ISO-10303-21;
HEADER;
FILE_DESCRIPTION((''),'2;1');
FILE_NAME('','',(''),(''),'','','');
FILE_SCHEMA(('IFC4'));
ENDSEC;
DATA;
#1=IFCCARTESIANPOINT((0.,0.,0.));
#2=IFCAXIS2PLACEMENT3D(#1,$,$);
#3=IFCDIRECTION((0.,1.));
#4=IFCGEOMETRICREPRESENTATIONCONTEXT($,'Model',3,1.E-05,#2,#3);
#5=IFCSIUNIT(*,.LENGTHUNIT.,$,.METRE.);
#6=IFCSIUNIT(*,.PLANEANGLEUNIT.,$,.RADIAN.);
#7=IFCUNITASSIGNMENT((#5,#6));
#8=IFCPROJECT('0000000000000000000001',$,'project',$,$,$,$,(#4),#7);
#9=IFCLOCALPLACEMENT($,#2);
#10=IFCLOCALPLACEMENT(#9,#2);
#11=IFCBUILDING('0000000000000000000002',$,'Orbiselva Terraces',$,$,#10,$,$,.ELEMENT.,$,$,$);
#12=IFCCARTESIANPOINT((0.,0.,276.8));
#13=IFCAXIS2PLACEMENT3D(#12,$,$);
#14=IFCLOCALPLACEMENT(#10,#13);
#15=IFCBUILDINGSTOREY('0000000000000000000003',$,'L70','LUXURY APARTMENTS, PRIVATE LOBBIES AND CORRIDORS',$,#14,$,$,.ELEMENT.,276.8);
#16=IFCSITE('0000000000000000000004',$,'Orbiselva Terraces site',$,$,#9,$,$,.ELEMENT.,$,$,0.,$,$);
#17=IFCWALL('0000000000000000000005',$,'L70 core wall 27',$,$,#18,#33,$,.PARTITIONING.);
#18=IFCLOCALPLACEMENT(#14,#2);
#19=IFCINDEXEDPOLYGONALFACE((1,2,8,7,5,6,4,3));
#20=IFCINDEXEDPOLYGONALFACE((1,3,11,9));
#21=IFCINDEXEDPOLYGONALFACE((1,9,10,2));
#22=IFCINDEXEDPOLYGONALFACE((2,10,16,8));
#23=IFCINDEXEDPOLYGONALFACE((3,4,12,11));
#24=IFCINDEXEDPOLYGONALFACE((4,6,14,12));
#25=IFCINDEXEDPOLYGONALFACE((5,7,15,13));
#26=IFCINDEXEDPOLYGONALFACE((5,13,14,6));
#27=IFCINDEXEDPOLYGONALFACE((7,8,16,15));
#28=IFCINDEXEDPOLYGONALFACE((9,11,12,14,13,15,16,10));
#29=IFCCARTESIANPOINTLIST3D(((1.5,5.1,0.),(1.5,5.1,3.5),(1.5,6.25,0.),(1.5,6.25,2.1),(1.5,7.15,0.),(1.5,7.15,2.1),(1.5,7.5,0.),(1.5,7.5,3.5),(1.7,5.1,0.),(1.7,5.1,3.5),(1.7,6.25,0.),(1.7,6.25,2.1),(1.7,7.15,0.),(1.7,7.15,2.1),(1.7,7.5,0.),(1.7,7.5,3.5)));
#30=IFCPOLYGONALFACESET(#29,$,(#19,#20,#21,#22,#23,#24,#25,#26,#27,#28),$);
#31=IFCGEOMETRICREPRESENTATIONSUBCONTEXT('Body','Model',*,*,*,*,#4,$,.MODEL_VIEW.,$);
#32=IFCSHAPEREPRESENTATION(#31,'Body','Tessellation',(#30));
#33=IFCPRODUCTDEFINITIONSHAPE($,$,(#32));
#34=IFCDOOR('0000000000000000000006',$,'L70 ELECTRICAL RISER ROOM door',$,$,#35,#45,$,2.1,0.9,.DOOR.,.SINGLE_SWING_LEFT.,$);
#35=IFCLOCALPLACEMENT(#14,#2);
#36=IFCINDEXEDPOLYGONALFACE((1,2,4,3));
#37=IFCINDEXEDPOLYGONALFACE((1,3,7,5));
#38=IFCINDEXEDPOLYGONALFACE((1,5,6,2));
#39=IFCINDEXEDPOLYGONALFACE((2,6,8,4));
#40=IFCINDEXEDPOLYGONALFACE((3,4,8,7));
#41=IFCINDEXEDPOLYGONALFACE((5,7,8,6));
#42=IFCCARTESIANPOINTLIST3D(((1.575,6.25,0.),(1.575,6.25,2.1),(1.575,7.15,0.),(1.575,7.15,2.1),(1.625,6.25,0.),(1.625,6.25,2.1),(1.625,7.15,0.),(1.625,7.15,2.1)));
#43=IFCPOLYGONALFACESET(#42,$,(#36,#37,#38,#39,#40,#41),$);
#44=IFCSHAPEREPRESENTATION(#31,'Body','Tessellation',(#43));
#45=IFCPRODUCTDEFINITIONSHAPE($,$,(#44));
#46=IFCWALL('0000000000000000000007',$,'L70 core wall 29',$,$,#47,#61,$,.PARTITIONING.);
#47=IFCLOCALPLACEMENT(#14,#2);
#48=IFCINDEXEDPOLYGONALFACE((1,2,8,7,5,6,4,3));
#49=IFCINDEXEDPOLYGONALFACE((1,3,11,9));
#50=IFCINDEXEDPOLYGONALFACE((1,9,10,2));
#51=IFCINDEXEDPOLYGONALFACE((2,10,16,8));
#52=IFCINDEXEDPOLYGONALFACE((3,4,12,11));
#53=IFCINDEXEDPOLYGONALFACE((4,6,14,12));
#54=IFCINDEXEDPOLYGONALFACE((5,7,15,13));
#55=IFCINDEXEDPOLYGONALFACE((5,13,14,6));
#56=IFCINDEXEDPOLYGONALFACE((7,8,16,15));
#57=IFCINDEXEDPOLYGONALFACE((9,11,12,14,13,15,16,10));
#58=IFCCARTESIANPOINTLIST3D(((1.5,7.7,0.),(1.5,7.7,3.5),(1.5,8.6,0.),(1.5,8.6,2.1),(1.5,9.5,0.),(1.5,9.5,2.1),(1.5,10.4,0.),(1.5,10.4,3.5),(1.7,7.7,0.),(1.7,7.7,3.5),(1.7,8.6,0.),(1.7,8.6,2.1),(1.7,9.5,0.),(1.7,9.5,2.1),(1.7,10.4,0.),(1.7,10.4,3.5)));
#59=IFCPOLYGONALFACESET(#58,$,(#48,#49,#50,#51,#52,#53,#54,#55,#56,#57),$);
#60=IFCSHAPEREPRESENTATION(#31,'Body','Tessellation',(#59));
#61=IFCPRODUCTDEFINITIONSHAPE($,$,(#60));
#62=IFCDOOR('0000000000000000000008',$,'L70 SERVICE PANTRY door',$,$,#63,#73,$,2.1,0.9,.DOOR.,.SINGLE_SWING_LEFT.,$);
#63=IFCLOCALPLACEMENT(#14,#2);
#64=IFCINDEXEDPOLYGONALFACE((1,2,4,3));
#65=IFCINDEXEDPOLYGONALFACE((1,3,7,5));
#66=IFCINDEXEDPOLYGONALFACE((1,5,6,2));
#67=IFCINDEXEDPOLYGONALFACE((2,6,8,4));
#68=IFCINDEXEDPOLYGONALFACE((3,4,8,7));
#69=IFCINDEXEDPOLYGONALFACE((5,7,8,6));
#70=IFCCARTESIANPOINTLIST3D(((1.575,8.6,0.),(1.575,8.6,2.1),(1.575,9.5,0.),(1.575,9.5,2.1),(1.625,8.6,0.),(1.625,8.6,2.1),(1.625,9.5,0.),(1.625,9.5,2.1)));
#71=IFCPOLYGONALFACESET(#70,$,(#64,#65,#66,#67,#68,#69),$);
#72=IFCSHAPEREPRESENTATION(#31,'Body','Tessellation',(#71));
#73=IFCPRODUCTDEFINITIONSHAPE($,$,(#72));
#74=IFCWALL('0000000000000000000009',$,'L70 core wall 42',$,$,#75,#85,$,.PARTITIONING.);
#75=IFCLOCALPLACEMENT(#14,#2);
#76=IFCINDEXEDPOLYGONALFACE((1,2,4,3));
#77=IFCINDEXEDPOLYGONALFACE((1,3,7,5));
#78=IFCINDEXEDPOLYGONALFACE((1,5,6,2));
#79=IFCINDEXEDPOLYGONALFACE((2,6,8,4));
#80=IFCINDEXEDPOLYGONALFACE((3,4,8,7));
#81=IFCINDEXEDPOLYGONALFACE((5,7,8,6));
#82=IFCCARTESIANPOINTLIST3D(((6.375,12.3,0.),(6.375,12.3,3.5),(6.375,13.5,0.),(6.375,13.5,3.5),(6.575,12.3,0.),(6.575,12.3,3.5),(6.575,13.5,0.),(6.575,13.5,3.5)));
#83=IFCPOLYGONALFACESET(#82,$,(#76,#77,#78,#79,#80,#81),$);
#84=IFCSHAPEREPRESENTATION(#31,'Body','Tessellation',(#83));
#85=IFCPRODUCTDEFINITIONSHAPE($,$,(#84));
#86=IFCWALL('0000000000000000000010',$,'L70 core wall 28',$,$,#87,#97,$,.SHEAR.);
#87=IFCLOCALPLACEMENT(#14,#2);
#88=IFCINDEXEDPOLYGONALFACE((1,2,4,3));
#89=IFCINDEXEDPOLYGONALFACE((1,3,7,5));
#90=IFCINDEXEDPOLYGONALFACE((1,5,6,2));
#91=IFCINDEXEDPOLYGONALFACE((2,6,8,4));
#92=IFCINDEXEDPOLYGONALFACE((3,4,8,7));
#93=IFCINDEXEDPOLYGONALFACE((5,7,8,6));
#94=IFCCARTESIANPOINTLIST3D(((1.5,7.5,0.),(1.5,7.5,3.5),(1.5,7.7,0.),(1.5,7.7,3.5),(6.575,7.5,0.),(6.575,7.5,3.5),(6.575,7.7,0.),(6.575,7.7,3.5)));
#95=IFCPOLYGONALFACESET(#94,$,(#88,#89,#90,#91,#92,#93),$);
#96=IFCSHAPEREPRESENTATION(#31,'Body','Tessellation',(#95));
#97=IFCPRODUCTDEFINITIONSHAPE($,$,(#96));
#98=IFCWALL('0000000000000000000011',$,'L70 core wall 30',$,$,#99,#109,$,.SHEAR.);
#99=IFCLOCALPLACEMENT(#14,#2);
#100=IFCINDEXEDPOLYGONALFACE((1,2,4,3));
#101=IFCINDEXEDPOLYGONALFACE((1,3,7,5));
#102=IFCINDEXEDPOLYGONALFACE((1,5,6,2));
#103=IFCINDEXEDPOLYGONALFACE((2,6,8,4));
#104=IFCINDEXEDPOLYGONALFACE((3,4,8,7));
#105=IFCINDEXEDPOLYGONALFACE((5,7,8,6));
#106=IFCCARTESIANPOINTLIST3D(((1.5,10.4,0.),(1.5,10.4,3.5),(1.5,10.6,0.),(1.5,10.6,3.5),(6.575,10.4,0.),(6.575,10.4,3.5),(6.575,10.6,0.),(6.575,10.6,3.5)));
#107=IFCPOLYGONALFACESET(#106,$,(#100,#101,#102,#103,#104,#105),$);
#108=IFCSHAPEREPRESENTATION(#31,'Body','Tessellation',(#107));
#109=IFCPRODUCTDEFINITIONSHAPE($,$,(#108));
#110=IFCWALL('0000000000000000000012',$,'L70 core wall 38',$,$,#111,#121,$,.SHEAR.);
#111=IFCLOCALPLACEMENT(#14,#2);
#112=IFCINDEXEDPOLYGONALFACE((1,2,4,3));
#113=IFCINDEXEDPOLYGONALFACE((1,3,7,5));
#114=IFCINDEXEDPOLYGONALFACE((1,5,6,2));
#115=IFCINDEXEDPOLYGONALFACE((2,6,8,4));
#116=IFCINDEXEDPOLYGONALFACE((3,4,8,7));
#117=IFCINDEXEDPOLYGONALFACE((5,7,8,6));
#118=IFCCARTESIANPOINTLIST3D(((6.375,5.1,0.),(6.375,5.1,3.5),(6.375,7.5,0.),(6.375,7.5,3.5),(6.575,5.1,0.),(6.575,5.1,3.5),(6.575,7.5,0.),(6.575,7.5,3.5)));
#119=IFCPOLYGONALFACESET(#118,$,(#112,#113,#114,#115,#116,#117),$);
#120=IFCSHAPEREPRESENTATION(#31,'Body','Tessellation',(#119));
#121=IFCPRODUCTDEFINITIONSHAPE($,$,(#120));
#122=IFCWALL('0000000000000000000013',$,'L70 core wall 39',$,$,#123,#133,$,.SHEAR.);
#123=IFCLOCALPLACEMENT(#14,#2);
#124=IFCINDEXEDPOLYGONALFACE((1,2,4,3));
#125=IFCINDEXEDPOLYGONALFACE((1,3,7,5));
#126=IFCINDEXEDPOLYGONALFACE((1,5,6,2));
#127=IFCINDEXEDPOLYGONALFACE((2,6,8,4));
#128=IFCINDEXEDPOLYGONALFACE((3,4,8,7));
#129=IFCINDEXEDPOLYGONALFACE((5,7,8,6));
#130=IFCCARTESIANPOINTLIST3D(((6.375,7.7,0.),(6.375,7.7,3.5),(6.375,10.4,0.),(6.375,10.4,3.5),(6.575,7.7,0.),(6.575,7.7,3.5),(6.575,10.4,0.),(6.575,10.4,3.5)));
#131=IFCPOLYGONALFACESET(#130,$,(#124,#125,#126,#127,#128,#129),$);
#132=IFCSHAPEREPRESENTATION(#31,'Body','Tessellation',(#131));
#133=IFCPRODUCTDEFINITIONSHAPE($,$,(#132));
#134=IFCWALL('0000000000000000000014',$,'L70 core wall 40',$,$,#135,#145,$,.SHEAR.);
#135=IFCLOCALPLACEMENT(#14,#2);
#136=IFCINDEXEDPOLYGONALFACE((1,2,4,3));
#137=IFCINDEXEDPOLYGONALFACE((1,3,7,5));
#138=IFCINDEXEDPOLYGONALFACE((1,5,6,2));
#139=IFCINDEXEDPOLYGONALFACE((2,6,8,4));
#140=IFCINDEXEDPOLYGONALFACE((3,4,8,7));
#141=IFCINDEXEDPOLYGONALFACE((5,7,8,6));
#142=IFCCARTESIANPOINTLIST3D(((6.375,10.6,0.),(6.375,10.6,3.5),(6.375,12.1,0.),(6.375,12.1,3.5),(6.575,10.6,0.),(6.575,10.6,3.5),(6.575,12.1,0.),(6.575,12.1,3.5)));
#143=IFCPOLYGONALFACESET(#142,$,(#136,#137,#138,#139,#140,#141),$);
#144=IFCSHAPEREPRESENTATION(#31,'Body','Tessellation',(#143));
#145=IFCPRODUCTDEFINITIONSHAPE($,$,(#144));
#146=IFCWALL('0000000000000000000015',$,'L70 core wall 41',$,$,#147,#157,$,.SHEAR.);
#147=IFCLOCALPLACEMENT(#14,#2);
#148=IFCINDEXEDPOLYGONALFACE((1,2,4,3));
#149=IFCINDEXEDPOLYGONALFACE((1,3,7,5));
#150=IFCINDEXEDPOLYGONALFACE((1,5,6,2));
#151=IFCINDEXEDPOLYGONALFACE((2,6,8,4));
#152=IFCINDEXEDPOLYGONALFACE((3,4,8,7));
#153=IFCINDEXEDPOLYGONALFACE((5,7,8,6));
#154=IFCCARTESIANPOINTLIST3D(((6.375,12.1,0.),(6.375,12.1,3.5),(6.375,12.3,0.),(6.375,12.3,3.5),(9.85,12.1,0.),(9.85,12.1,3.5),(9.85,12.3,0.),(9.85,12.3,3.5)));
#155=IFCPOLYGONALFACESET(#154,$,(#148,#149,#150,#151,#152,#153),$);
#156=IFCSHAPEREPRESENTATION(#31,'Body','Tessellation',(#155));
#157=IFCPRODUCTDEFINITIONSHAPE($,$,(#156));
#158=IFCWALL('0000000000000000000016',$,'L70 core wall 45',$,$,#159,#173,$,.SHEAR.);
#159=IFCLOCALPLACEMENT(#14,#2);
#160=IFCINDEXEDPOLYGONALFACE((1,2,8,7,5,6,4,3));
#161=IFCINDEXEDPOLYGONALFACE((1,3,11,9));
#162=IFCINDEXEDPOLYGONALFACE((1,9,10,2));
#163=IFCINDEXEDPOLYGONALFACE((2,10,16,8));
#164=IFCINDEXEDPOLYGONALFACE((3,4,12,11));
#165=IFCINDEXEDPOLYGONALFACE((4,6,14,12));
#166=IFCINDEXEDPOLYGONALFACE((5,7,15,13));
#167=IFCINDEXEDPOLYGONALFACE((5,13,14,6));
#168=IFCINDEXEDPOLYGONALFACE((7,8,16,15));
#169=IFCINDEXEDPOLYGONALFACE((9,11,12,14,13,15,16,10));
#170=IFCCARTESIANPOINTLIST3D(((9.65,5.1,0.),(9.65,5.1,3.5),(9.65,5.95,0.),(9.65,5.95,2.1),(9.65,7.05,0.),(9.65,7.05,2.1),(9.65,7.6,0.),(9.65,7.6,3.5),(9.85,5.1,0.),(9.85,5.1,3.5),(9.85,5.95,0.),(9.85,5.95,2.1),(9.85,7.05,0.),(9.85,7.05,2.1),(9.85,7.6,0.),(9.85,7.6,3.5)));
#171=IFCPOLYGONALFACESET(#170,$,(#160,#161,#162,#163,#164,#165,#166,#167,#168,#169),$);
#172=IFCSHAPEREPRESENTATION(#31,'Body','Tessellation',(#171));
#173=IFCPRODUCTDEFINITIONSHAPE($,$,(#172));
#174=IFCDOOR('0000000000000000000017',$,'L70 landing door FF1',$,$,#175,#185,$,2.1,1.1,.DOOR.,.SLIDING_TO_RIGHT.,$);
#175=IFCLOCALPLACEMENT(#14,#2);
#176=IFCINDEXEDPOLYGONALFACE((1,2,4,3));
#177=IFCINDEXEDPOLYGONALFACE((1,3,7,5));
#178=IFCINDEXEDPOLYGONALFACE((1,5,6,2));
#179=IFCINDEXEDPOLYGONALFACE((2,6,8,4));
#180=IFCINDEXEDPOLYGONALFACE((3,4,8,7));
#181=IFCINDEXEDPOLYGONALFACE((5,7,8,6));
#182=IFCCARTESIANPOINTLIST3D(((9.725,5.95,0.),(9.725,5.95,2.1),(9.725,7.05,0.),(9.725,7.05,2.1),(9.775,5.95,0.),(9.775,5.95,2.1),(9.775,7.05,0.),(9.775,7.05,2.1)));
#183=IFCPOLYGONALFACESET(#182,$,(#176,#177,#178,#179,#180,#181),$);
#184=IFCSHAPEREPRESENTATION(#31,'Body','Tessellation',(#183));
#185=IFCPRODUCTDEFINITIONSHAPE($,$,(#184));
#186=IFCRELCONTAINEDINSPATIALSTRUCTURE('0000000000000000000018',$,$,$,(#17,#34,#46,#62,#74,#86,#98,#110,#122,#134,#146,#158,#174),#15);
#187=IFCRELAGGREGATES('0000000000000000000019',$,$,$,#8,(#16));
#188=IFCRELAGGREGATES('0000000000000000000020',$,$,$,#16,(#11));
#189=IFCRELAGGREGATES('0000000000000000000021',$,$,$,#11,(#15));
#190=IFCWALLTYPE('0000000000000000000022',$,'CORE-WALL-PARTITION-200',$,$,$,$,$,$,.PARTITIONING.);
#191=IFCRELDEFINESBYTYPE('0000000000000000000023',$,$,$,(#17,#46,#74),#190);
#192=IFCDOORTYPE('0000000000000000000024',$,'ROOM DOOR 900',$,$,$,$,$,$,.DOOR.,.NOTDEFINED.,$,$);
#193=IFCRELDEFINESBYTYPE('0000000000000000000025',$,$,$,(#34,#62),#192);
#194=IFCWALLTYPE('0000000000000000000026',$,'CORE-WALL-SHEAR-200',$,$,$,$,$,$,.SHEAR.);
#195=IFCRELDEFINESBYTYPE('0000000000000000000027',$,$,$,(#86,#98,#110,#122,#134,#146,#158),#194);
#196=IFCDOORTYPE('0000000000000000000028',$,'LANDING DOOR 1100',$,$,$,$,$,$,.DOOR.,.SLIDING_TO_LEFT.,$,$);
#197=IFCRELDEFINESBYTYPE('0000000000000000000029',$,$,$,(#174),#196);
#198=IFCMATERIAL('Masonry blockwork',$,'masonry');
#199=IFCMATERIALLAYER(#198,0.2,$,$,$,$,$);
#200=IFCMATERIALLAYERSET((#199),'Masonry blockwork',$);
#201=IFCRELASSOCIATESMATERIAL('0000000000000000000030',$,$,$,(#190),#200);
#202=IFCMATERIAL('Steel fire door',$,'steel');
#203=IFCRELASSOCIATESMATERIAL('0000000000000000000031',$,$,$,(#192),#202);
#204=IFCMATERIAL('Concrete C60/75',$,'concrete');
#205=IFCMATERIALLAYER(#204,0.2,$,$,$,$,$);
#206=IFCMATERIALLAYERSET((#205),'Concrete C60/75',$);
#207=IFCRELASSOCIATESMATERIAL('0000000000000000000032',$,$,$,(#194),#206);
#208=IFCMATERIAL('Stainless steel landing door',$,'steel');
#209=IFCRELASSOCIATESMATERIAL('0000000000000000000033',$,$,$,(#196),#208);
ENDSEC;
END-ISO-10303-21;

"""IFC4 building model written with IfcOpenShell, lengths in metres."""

from ifc_helpers import new_model, si_unit, direction, frame, frame_2d, origin, place, context, subcontext, project, spatial, rectangle, extrude, material, layer, layer_set, type_object, element, fill, save


model = new_model("IFC4")

# Units and contexts
model_context = context("Model", 3, precision=1e-05, world=origin(), true_north=direction((0.0, 1.0)))
body_context = subcontext(model_context, "Body", "Model", "MODEL_VIEW")
ifc_project = project(units=[si_unit("LENGTHUNIT", "METRE"), si_unit("PLANEANGLEUNIT", "RADIAN")], contexts=[model_context])

# Site, building, storey
site_placement = place(None, origin())
site = spatial("IfcSite", under=ifc_project, at=site_placement, Name="Orbiselva Terraces site", CompositionType="ELEMENT", RefElevation=0.0)
building_placement = place(site_placement, origin())
building = spatial("IfcBuilding", under=site, at=building_placement, Name="Orbiselva Terraces", CompositionType="ELEMENT")
storey_placement = place(building_placement, frame((0.0, 0.0, 276.8)))
storey = spatial("IfcBuildingStorey", under=building, at=storey_placement, Name="L70", Description="LUXURY APARTMENTS, PRIVATE LOBBIES AND CORRIDORS", CompositionType="ELEMENT", Elevation=276.8)

# Walls, openings, doors
ifc_material_1 = material(Name="Masonry blockwork", Category="masonry")
ifc_layer_1 = layer(ifc_material_1, 0.2)
ifc_layer_set_1 = layer_set([ifc_layer_1], Name="Masonry blockwork")
wall_type_1 = type_object("IfcWallType", Name="CORE-WALL-PARTITION-200", PredefinedType="PARTITIONING", material=ifc_layer_set_1)
wall_1_placement = place(storey_placement, frame((1.6, 7.5, 0.0), z_axis=(0.0, 0.0, 1.0), x_axis=(0.0, -1.0, 0.0)))
wall_1 = element("IfcWall", 1, at=wall_1_placement, inside=storey, type_object=wall_type_1, Name="L70 core wall 27", PredefinedType="PARTITIONING", context=body_context, shape_type="SweptSolid", body=[
    extrude(rectangle(XDim=2.4, YDim=0.2, at=frame_2d((1.2, 0.0))), origin(), (0.0, 0.0, 1.0), 3.5),
])
opening_1_placement = place(wall_1_placement, frame((0.35, 0.0, 0.0)))
opening_1 = element("IfcOpeningElement", 2, at=opening_1_placement, cuts=wall_1, PredefinedType="OPENING", context=body_context, shape_type="SweptSolid", body=[
    extrude(rectangle(XDim=0.9, YDim=2.1, at=frame_2d((0.45, 1.05))), frame((0.0, 0.11, 0.0), z_axis=(0.0, -1.0, 0.0), x_axis=(1.0, 0.0, 0.0)), (0.0, 0.0, 1.0), 0.22),
])
ifc_material_2 = material(Name="Steel fire door", Category="steel")
door_type_1 = type_object("IfcDoorType", Name="ROOM DOOR 900", OperationType="NOTDEFINED", PredefinedType="DOOR", material=ifc_material_2)
door_1_placement = place(opening_1_placement, origin())
door_1 = element("IfcDoor", 3, at=door_1_placement, inside=storey, type_object=door_type_1, Name="L70 ELECTRICAL RISER ROOM door", OperationType="SINGLE_SWING_LEFT", OverallHeight=2.1, OverallWidth=0.9, PredefinedType="DOOR", context=body_context, shape_type="SweptSolid", body=[
    extrude(rectangle(XDim=0.9, YDim=2.1, at=frame_2d((0.45, 1.05))), frame((0.0, 0.025, 0.0), z_axis=(0.0, -1.0, 0.0), x_axis=(1.0, 0.0, 0.0)), (0.0, 0.0, 1.0), 0.05),
])
fill(opening_1, door_1)
wall_2_placement = place(storey_placement, frame((1.6, 10.4, 0.0), z_axis=(0.0, 0.0, 1.0), x_axis=(0.0, -1.0, 0.0)))
wall_2 = element("IfcWall", 4, at=wall_2_placement, inside=storey, type_object=wall_type_1, Name="L70 core wall 29", PredefinedType="PARTITIONING", context=body_context, shape_type="SweptSolid", body=[
    extrude(rectangle(XDim=2.7, YDim=0.2, at=frame_2d((1.35, 0.0))), origin(), (0.0, 0.0, 1.0), 3.5),
])
opening_2_placement = place(wall_2_placement, frame((0.9, 0.0, 0.0)))
opening_2 = element("IfcOpeningElement", 5, at=opening_2_placement, cuts=wall_2, PredefinedType="OPENING", context=body_context, shape_type="SweptSolid", body=[
    extrude(rectangle(XDim=0.9, YDim=2.1, at=frame_2d((0.45, 1.05))), frame((0.0, 0.11, 0.0), z_axis=(0.0, -1.0, 0.0), x_axis=(1.0, 0.0, 0.0)), (0.0, 0.0, 1.0), 0.22),
])
door_2_placement = place(opening_2_placement, origin())
door_2 = element("IfcDoor", 6, at=door_2_placement, inside=storey, type_object=door_type_1, Name="L70 SERVICE PANTRY door", OperationType="SINGLE_SWING_LEFT", OverallHeight=2.1, OverallWidth=0.9, PredefinedType="DOOR", context=body_context, shape_type="SweptSolid", body=[
    extrude(rectangle(XDim=0.9, YDim=2.1, at=frame_2d((0.45, 1.05))), frame((0.0, 0.025, 0.0), z_axis=(0.0, -1.0, 0.0), x_axis=(1.0, 0.0, 0.0)), (0.0, 0.0, 1.0), 0.05),
])
fill(opening_2, door_2)

# Walls
wall_3_placement = place(storey_placement, frame((6.475, 12.3, 0.0), z_axis=(0.0, 0.0, 1.0), x_axis=(0.0, 1.0, 0.0)))
element("IfcWall", 7, at=wall_3_placement, inside=storey, type_object=wall_type_1, Name="L70 core wall 42", PredefinedType="PARTITIONING", context=body_context, shape_type="SweptSolid", body=[
    extrude(rectangle(XDim=1.2, YDim=0.2, at=frame_2d((0.6, 0.0))), origin(), (0.0, 0.0, 1.0), 3.5),
])
ifc_material_3 = material(Name="Concrete C60/75", Category="concrete")
ifc_layer_2 = layer(ifc_material_3, 0.2)
ifc_layer_set_2 = layer_set([ifc_layer_2], Name="Concrete C60/75")
wall_type_2 = type_object("IfcWallType", Name="CORE-WALL-SHEAR-200", PredefinedType="SHEAR", material=ifc_layer_set_2)
for number, where, z_axis, x_axis, name in (
    (8, (1.5, 7.6, 0.0), (0.0, 0.0, 1.0), (1.0, 0.0, 0.0), "L70 core wall 28"),
    (9, (1.5, 10.5, 0.0), (0.0, 0.0, 1.0), (1.0, 0.0, 0.0), "L70 core wall 30"),
):
    element("IfcWall", number, at=place(storey_placement, frame(where, z_axis=z_axis, x_axis=x_axis)), inside=storey, type_object=wall_type_2, Name=name, PredefinedType="SHEAR", context=body_context, shape_type="SweptSolid", body=[
        extrude(rectangle(XDim=5.075, YDim=0.2, at=frame_2d((2.5375, 0.0))), origin(), (0.0, 0.0, 1.0), 3.5),
    ])
wall_4_placement = place(storey_placement, frame((6.475, 5.1, 0.0), z_axis=(0.0, 0.0, 1.0), x_axis=(0.0, 1.0, 0.0)))
element("IfcWall", 10, at=wall_4_placement, inside=storey, type_object=wall_type_2, Name="L70 core wall 38", PredefinedType="SHEAR", context=body_context, shape_type="SweptSolid", body=[
    extrude(rectangle(XDim=2.4, YDim=0.2, at=frame_2d((1.2, 0.0))), origin(), (0.0, 0.0, 1.0), 3.5),
])
wall_5_placement = place(storey_placement, frame((6.475, 7.7, 0.0), z_axis=(0.0, 0.0, 1.0), x_axis=(0.0, 1.0, 0.0)))
element("IfcWall", 11, at=wall_5_placement, inside=storey, type_object=wall_type_2, Name="L70 core wall 39", PredefinedType="SHEAR", context=body_context, shape_type="SweptSolid", body=[
    extrude(rectangle(XDim=2.7, YDim=0.2, at=frame_2d((1.35, 0.0))), origin(), (0.0, 0.0, 1.0), 3.5),
])
wall_6_placement = place(storey_placement, frame((6.475, 10.6, 0.0), z_axis=(0.0, 0.0, 1.0), x_axis=(0.0, 1.0, 0.0)))
element("IfcWall", 12, at=wall_6_placement, inside=storey, type_object=wall_type_2, Name="L70 core wall 40", PredefinedType="SHEAR", context=body_context, shape_type="SweptSolid", body=[
    extrude(rectangle(XDim=1.5, YDim=0.2, at=frame_2d((0.75, 0.0))), origin(), (0.0, 0.0, 1.0), 3.5),
])
wall_7_placement = place(storey_placement, frame((6.375, 12.2, 0.0), z_axis=(0.0, 0.0, 1.0), x_axis=(1.0, 0.0, 0.0)))
element("IfcWall", 13, at=wall_7_placement, inside=storey, type_object=wall_type_2, Name="L70 core wall 41", PredefinedType="SHEAR", context=body_context, shape_type="SweptSolid", body=[
    extrude(rectangle(XDim=3.475, YDim=0.2, at=frame_2d((1.7375, 0.0))), origin(), (0.0, 0.0, 1.0), 3.5),
])

# Wall, opening, door
wall_8_placement = place(storey_placement, frame((9.75, 5.1, 0.0), z_axis=(0.0, 0.0, 1.0), x_axis=(0.0, 1.0, 0.0)))
wall_8 = element("IfcWall", 14, at=wall_8_placement, inside=storey, type_object=wall_type_2, Name="L70 core wall 45", PredefinedType="SHEAR", context=body_context, shape_type="SweptSolid", body=[
    extrude(rectangle(XDim=2.5, YDim=0.2, at=frame_2d((1.25, 0.0))), origin(), (0.0, 0.0, 1.0), 3.5),
])
opening_3_placement = place(wall_8_placement, frame((0.85, 0.0, 0.0)))
opening_3 = element("IfcOpeningElement", 15, at=opening_3_placement, cuts=wall_8, PredefinedType="OPENING", context=body_context, shape_type="SweptSolid", body=[
    extrude(rectangle(XDim=1.1, YDim=2.1, at=frame_2d((0.55, 1.05))), frame((0.0, 0.11, 0.0), z_axis=(0.0, -1.0, 0.0), x_axis=(1.0, 0.0, 0.0)), (0.0, 0.0, 1.0), 0.22),
])
ifc_material_4 = material(Name="Stainless steel landing door", Category="steel")
door_type_2 = type_object("IfcDoorType", Name="LANDING DOOR 1100", OperationType="SLIDING_TO_LEFT", PredefinedType="DOOR", material=ifc_material_4)
door_3_placement = place(opening_3_placement, origin())
door_3 = element("IfcDoor", 16, at=door_3_placement, inside=storey, type_object=door_type_2, Name="L70 landing door FF1", OperationType="SLIDING_TO_RIGHT", OverallHeight=2.1, OverallWidth=1.1, PredefinedType="DOOR", context=body_context, shape_type="SweptSolid", body=[
    extrude(rectangle(XDim=1.1, YDim=2.1, at=frame_2d((0.55, 1.05))), frame((0.0, 0.025, 0.0), z_axis=(0.0, -1.0, 0.0), x_axis=(1.0, 0.0, 0.0)), (0.0, 0.0, 1.0), 0.05),
])
fill(opening_3, door_3)

save(model, "model.ifc")
